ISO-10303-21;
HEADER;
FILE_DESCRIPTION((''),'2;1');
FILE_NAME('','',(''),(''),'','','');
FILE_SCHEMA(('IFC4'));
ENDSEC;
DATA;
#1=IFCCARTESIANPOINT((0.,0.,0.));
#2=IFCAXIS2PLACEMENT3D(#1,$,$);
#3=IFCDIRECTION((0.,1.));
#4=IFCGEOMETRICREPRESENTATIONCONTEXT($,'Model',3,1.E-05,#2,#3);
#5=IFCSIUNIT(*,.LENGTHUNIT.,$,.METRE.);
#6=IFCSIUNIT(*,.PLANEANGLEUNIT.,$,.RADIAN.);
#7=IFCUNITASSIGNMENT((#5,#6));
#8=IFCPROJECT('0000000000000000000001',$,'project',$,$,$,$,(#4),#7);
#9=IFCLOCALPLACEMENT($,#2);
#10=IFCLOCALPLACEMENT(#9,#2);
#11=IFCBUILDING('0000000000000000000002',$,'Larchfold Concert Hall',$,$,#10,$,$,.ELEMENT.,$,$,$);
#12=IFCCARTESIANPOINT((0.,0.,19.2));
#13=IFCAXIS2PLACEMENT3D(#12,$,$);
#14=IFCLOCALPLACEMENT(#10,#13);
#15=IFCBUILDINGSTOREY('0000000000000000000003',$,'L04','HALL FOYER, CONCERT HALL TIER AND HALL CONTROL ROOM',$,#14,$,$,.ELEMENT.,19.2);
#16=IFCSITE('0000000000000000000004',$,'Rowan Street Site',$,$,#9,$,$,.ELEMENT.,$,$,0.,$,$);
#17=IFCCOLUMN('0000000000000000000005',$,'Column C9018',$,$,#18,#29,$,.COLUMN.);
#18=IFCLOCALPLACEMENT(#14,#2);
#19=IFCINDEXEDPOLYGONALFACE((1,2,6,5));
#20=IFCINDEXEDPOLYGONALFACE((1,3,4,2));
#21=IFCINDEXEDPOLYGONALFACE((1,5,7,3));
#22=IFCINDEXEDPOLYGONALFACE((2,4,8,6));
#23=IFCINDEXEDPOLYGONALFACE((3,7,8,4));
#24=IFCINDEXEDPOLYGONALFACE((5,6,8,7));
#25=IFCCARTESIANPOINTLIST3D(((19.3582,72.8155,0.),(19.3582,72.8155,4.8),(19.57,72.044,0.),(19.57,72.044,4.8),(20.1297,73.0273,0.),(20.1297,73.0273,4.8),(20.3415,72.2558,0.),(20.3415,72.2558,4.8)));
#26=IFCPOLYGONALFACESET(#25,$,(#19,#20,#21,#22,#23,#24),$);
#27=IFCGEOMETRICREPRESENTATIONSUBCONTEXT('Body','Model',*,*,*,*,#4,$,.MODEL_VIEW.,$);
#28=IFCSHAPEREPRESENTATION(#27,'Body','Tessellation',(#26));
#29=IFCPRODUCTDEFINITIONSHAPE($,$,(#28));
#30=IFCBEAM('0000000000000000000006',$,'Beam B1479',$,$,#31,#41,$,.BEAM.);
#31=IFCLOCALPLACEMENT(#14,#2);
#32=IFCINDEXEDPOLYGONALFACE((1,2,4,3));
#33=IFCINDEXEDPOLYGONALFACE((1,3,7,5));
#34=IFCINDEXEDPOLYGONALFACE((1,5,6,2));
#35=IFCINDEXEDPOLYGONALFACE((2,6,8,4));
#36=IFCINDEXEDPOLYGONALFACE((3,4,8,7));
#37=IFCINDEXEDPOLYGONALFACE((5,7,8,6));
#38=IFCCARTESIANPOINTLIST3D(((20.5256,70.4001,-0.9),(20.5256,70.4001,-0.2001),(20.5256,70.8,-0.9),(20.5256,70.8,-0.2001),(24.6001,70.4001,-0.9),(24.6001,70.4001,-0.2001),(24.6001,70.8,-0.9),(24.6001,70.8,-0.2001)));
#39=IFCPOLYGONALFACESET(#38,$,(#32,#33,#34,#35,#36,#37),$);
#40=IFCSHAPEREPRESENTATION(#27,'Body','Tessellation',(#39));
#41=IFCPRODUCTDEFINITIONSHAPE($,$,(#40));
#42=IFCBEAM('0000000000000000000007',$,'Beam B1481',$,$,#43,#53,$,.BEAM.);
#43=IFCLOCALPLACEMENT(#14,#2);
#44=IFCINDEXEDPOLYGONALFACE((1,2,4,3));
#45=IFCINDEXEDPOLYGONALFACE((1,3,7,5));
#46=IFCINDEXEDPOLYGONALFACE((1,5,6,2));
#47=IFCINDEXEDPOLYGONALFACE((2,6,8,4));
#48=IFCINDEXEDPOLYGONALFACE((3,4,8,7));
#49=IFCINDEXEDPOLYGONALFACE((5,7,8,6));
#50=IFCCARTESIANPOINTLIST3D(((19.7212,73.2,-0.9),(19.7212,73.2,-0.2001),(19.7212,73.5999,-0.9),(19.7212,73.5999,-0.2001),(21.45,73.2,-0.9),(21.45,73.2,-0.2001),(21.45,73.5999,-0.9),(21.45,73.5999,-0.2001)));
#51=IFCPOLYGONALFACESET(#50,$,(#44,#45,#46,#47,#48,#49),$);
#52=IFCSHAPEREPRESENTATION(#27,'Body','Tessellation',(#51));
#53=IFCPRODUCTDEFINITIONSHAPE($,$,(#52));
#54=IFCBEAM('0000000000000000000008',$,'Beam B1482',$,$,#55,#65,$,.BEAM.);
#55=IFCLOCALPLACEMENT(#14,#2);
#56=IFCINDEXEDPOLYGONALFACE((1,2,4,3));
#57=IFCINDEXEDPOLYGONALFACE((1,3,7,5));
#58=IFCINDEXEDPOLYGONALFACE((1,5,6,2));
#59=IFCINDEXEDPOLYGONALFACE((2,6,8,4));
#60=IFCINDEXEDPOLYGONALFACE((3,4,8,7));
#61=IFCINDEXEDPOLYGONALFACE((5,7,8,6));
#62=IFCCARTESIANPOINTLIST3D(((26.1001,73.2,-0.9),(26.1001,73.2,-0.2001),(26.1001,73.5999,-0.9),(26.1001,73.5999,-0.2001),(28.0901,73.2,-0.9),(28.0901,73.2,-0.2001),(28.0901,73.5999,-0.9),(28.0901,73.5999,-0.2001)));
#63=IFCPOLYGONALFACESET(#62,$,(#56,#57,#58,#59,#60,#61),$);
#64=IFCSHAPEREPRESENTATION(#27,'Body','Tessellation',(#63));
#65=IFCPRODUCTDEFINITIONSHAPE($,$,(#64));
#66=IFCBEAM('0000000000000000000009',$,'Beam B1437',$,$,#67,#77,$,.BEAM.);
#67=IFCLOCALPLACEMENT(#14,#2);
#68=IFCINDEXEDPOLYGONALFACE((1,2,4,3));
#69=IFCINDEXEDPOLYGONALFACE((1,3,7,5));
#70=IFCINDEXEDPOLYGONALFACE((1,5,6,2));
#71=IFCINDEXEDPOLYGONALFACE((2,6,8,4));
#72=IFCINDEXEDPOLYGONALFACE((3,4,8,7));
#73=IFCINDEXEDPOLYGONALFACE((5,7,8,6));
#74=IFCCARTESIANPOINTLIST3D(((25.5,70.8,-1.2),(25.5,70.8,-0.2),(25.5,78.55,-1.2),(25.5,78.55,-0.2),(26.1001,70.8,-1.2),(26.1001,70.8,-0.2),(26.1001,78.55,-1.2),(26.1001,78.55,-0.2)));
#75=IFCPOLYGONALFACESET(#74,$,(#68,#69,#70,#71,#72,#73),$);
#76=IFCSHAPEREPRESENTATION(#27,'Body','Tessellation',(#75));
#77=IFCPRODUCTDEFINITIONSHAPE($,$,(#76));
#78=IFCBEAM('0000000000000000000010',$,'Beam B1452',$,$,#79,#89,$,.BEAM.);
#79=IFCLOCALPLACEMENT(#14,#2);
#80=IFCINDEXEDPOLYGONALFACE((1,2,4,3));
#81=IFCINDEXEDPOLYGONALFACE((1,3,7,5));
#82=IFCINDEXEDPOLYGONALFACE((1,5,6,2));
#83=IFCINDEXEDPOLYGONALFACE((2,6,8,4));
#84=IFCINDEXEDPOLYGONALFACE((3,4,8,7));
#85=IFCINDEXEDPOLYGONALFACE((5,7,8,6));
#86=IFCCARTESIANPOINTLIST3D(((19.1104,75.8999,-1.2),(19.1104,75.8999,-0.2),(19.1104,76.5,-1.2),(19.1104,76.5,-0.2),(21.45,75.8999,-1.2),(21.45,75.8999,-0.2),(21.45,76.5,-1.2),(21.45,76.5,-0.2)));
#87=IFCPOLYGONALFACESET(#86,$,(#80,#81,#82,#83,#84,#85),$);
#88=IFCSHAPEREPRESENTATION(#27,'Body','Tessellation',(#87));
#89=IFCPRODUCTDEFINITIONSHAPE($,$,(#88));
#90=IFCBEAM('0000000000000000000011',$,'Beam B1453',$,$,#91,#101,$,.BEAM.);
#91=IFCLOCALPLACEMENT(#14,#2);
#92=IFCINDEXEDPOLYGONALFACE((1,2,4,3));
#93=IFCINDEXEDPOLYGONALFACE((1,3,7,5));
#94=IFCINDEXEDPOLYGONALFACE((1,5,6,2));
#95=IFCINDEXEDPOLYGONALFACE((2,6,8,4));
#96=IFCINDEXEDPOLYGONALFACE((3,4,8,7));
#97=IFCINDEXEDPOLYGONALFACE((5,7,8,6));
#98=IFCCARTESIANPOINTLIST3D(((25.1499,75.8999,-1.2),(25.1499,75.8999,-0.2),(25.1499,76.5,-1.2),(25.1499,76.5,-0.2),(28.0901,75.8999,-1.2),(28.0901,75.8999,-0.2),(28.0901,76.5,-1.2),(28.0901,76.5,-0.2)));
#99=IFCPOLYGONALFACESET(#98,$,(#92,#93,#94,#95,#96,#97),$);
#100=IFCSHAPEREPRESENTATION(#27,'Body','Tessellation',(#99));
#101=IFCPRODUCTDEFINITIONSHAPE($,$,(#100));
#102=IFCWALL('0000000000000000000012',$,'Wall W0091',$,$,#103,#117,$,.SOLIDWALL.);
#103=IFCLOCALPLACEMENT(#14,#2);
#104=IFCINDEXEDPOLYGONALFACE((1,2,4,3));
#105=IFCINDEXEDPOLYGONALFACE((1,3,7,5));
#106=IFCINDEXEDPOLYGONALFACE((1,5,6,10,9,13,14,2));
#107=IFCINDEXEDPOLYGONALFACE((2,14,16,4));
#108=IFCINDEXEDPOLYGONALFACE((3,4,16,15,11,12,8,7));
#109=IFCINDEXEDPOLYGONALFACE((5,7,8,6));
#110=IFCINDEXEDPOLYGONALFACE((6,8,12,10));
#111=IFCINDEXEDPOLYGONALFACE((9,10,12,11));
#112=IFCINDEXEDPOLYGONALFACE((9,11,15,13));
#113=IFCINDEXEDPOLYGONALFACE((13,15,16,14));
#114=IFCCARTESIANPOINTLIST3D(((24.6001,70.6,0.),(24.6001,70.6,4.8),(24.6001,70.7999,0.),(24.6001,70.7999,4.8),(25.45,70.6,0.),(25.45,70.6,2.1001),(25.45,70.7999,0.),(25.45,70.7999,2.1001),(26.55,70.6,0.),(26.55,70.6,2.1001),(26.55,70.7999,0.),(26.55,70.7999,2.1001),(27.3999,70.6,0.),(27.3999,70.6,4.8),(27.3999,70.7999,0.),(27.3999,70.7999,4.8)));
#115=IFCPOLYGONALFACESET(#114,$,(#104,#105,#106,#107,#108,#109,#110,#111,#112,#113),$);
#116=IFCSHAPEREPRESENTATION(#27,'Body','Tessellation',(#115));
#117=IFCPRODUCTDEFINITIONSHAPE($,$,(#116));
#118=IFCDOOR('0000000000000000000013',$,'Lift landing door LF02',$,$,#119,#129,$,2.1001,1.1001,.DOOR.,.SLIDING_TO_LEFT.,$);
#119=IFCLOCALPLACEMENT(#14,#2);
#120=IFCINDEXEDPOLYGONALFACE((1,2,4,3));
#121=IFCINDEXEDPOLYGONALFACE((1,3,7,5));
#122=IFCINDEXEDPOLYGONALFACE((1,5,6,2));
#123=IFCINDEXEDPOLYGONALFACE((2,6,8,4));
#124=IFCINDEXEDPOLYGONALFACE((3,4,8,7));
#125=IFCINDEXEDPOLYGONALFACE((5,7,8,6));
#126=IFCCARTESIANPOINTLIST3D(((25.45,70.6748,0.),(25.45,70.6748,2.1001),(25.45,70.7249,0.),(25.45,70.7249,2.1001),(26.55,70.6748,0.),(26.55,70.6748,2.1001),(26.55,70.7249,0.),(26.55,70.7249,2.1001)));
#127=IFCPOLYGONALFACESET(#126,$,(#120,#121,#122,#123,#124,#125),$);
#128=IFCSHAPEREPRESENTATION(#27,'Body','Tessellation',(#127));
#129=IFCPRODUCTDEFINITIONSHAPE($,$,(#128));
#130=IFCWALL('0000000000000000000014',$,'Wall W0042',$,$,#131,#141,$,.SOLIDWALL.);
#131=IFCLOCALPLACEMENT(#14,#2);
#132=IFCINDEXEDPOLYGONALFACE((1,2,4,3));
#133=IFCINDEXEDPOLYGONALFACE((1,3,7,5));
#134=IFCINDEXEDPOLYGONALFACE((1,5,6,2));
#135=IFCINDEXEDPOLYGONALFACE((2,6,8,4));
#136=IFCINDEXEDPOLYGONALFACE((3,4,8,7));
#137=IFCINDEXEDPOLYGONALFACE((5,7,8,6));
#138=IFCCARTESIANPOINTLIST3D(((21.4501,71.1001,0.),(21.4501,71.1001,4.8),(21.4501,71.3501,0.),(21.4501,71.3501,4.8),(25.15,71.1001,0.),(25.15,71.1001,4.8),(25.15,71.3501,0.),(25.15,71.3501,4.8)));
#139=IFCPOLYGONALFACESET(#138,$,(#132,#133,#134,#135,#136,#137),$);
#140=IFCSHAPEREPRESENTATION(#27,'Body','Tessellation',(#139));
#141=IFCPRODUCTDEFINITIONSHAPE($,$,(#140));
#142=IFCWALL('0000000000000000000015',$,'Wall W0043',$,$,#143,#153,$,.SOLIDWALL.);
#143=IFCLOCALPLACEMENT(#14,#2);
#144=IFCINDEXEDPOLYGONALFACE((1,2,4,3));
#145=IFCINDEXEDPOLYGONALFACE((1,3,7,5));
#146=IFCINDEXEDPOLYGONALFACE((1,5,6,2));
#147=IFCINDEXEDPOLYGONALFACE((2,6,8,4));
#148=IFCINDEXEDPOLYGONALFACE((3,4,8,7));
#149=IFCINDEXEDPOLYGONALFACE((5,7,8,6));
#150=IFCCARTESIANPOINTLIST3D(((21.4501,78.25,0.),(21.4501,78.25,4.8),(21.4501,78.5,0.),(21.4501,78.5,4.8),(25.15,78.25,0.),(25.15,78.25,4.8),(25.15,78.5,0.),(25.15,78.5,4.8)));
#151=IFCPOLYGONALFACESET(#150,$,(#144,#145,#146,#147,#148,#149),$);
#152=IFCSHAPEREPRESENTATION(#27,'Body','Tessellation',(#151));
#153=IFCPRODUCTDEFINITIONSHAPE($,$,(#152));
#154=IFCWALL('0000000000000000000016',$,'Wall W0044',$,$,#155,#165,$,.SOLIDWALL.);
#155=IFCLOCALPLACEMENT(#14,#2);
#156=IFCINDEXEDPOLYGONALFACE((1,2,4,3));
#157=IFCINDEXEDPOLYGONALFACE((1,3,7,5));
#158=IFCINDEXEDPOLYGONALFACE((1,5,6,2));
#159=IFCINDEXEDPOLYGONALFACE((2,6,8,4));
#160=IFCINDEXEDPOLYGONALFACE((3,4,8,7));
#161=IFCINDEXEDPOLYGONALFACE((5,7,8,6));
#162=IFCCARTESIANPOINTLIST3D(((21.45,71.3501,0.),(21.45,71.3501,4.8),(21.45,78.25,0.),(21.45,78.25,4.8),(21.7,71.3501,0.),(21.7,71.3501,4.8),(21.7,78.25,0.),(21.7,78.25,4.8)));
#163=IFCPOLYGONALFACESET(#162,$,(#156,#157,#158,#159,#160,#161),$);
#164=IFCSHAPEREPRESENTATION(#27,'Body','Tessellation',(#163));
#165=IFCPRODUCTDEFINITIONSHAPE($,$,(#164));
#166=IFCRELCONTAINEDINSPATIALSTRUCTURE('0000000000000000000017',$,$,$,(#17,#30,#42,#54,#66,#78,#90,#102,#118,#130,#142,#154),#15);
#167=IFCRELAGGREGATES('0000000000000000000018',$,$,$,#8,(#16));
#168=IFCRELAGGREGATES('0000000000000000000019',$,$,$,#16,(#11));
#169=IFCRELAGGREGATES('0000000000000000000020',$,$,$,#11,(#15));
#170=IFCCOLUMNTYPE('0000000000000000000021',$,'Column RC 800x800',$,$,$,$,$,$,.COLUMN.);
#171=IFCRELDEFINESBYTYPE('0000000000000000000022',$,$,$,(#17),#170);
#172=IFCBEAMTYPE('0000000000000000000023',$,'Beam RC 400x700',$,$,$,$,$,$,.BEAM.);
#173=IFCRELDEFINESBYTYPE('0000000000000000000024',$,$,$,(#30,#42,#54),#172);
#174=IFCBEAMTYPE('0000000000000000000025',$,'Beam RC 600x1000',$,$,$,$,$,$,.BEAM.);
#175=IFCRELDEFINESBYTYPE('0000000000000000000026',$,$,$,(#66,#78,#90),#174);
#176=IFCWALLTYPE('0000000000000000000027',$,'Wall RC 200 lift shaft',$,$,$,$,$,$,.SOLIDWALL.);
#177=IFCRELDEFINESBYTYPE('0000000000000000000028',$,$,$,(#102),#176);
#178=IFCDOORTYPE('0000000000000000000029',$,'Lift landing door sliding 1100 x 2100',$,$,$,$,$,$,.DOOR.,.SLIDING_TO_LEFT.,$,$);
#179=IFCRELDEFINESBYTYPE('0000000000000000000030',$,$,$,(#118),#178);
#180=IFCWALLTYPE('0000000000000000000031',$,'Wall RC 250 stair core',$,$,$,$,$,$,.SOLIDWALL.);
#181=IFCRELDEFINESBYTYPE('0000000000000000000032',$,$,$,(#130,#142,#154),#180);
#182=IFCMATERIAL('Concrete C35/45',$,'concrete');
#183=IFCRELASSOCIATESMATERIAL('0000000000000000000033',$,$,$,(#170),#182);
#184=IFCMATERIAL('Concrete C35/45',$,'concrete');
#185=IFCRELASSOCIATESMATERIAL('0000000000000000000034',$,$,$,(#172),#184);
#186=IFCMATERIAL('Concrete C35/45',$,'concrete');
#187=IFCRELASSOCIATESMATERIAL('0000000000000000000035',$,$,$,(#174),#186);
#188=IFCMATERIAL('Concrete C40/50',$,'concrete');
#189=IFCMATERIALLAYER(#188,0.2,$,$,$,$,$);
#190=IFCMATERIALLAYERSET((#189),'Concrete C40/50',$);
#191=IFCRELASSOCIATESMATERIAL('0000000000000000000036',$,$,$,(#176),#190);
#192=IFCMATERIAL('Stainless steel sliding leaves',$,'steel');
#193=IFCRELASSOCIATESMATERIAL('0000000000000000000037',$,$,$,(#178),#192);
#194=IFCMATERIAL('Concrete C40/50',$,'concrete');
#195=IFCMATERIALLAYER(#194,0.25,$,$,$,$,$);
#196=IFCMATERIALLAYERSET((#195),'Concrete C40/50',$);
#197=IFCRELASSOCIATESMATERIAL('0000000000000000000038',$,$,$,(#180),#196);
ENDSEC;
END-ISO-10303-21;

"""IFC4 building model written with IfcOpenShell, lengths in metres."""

from ifc_helpers import new_model, si_unit, direction, frame, frame_2d, origin, origin_2d, place, context, subcontext, project, spatial, rectangle, extrude, material, layer, layer_set, material_profile, profile_set, type_object, element, fill, save


model = new_model("IFC4")

# Units and contexts
model_context = context("Model", 3, precision=1e-05, world=origin(), true_north=direction((0.0, 1.0)))
body_context = subcontext(model_context, "Body", "Model", "MODEL_VIEW")
ifc_project = project(units=[si_unit("LENGTHUNIT", "METRE"), si_unit("PLANEANGLEUNIT", "RADIAN")], contexts=[model_context])

# Site, building, storey
site_placement = place(None, origin())
site = spatial("IfcSite", under=ifc_project, at=site_placement, Name="Rowan Street Site", CompositionType="ELEMENT", RefElevation=0.0)
building_placement = place(site_placement, origin())
building = spatial("IfcBuilding", under=site, at=building_placement, Name="Larchfold Concert Hall", CompositionType="ELEMENT")
storey_placement = place(building_placement, frame((0.0, 0.0, 19.2)))
storey = spatial("IfcBuildingStorey", under=building, at=storey_placement, Name="L04", Description="HALL FOYER, CONCERT HALL TIER AND HALL CONTROL ROOM", CompositionType="ELEMENT", Elevation=19.2)

# Column
ifc_material_1 = material(Name="Concrete C35/45", Category="concrete")
ifc_material_profile_1 = material_profile(ifc_material_1, rectangle(XDim=0.8, YDim=0.8, at=origin_2d()))
ifc_profile_set_1 = profile_set([ifc_material_profile_1], Name="Concrete C35/45")
column_type = type_object("IfcColumnType", Name="Column RC 800x800", PredefinedType="COLUMN", material=ifc_profile_set_1)
column_placement = place(storey_placement, frame((19.8499, 72.5356, 0.0), z_axis=(0.0, 0.0, 1.0), x_axis=(0.964324, 0.264726, 0.0)))
element("IfcColumn", 1, at=column_placement, inside=storey, type_object=column_type, Name="Column C9018", PredefinedType="COLUMN", context=body_context, shape_type="SweptSolid", body=[
    extrude(rectangle(XDim=0.8, YDim=0.8, at=origin_2d()), origin(), (0.0, 0.0, 1.0), 4.8),
])

# Beams
ifc_material_2 = material(Name="Concrete C35/45", Category="concrete")
ifc_material_profile_2 = material_profile(ifc_material_2, rectangle(XDim=0.3999, YDim=0.7, at=origin_2d()))
ifc_profile_set_2 = profile_set([ifc_material_profile_2], Name="Concrete C35/45")
beam_type_1 = type_object("IfcBeamType", Name="Beam RC 400x700", PredefinedType="BEAM", material=ifc_profile_set_2)
beam_1_placement = place(storey_placement, frame((20.5256, 70.6001, -0.55), z_axis=(1.0, 0.0, 0.0), x_axis=(0.0, 1.0, 0.0)))
element("IfcBeam", 2, at=beam_1_placement, inside=storey, type_object=beam_type_1, Name="Beam B1479", PredefinedType="BEAM", context=body_context, shape_type="SweptSolid", body=[
    extrude(rectangle(XDim=0.3999, YDim=0.7, at=origin_2d()), origin(), (0.0, 0.0, 1.0), 4.0745),
])
beam_2_placement = place(storey_placement, frame((19.7212, 73.3999, -0.55), z_axis=(1.0, 0.0, 0.0), x_axis=(0.0, 1.0, 0.0)))
element("IfcBeam", 3, at=beam_2_placement, inside=storey, type_object=beam_type_1, Name="Beam B1481", PredefinedType="BEAM", context=body_context, shape_type="SweptSolid", body=[
    extrude(rectangle(XDim=0.3999, YDim=0.7, at=origin_2d()), origin(), (0.0, 0.0, 1.0), 1.7288),
])
beam_3_placement = place(storey_placement, frame((26.1001, 73.3999, -0.55), z_axis=(1.0, 0.0, 0.0), x_axis=(0.0, 1.0, 0.0)))
element("IfcBeam", 4, at=beam_3_placement, inside=storey, type_object=beam_type_1, Name="Beam B1482", PredefinedType="BEAM", context=body_context, shape_type="SweptSolid", body=[
    extrude(rectangle(XDim=0.3999, YDim=0.7, at=origin_2d()), origin(), (0.0, 0.0, 1.0), 1.99),
])
ifc_material_3 = material(Name="Concrete C35/45", Category="concrete")
ifc_material_profile_3 = material_profile(ifc_material_3, rectangle(XDim=0.6001, YDim=1.0, at=origin_2d()))
ifc_profile_set_3 = profile_set([ifc_material_profile_3], Name="Concrete C35/45")
beam_type_2 = type_object("IfcBeamType", Name="Beam RC 600x1000", PredefinedType="BEAM", material=ifc_profile_set_3)
beam_4_placement = place(storey_placement, frame((25.8, 70.8, -0.7), z_axis=(0.0, 1.0, 0.0), x_axis=(-1.0, 0.0, 0.0)))
element("IfcBeam", 5, at=beam_4_placement, inside=storey, type_object=beam_type_2, Name="Beam B1437", PredefinedType="BEAM", context=body_context, shape_type="SweptSolid", body=[
    extrude(rectangle(XDim=0.6001, YDim=1.0, at=origin_2d()), origin(), (0.0, 0.0, 1.0), 7.75),
])
beam_5_placement = place(storey_placement, frame((19.1104, 76.2, -0.7), z_axis=(1.0, 0.0, 0.0), x_axis=(0.0, 1.0, 0.0)))
element("IfcBeam", 6, at=beam_5_placement, inside=storey, type_object=beam_type_2, Name="Beam B1452", PredefinedType="BEAM", context=body_context, shape_type="SweptSolid", body=[
    extrude(rectangle(XDim=0.6001, YDim=1.0, at=origin_2d()), origin(), (0.0, 0.0, 1.0), 2.3396),
])
beam_6_placement = place(storey_placement, frame((25.1499, 76.2, -0.7), z_axis=(1.0, 0.0, 0.0), x_axis=(0.0, 1.0, 0.0)))
element("IfcBeam", 7, at=beam_6_placement, inside=storey, type_object=beam_type_2, Name="Beam B1453", PredefinedType="BEAM", context=body_context, shape_type="SweptSolid", body=[
    extrude(rectangle(XDim=0.6001, YDim=1.0, at=origin_2d()), origin(), (0.0, 0.0, 1.0), 2.9402),
])

# Wall, opening, door
ifc_material_4 = material(Name="Concrete C40/50", Category="concrete")
ifc_layer_1 = layer(ifc_material_4, 0.2)
ifc_layer_set_1 = layer_set([ifc_layer_1], Name="Concrete C40/50")
wall_type_1 = type_object("IfcWallType", Name="Wall RC 200 lift shaft", PredefinedType="SOLIDWALL", material=ifc_layer_set_1)
wall_1_placement = place(storey_placement, frame((24.6001, 70.7, 0.0), z_axis=(0.0, 0.0, 1.0), x_axis=(1.0, 0.0, 0.0)))
wall_1 = element("IfcWall", 8, at=wall_1_placement, inside=storey, type_object=wall_type_1, Name="Wall W0091", PredefinedType="SOLIDWALL", context=body_context, shape_type="SweptSolid", body=[
    extrude(rectangle(XDim=2.7998, YDim=0.2, at=frame_2d((1.3999, 0.0))), origin(), (0.0, 0.0, 1.0), 4.8),
])
opening_1_placement = place(wall_1_placement, frame((0.8499, 0.0, 0.0)))
opening_1 = element("IfcOpeningElement", 9, at=opening_1_placement, cuts=wall_1, PredefinedType="OPENING", context=body_context, shape_type="SweptSolid", body=[
    extrude(rectangle(XDim=1.1001, YDim=2.1001, at=frame_2d((0.55, 1.05))), frame((0.0, 0.1099, 0.0), z_axis=(0.0, -1.0, 0.0), x_axis=(1.0, 0.0, 0.0)), (0.0, 0.0, 1.0), 0.22),
])
ifc_material_5 = material(Name="Stainless steel sliding leaves", Category="steel")
door_type_1 = type_object("IfcDoorType", Name="Lift landing door sliding 1100 x 2100", OperationType="SLIDING_TO_LEFT", PredefinedType="DOOR", material=ifc_material_5)
door_1_placement = place(opening_1_placement, origin())
door_1 = element("IfcDoor", 10, at=door_1_placement, inside=storey, type_object=door_type_1, Name="Lift landing door LF02", OperationType="SLIDING_TO_LEFT", OverallHeight=2.1001, OverallWidth=1.1001, PredefinedType="DOOR", context=body_context, shape_type="SweptSolid", body=[
    extrude(rectangle(XDim=1.1001, YDim=2.1001, at=frame_2d((0.55, 1.05))), frame((0.0, 0.0249, 0.0), z_axis=(0.0, -1.0, 0.0), x_axis=(1.0, 0.0, 0.0)), (0.0, 0.0, 1.0), 0.05),
])
fill(opening_1, door_1)

# Walls
ifc_material_6 = material(Name="Concrete C40/50", Category="concrete")
ifc_layer_2 = layer(ifc_material_6, 0.25)
ifc_layer_set_2 = layer_set([ifc_layer_2], Name="Concrete C40/50")
wall_type_2 = type_object("IfcWallType", Name="Wall RC 250 stair core", PredefinedType="SOLIDWALL", material=ifc_layer_set_2)
for number, where, z_axis, x_axis, name in (
    (11, (21.45, 71.2251, 0.0), (0.0, 0.0, 1.0), (1.0, 0.0, 0.0), "Wall W0042"),
    (12, (21.45, 78.375, 0.0), (0.0, 0.0, 1.0), (1.0, 0.0, 0.0), "Wall W0043"),
):
    element("IfcWall", number, at=place(storey_placement, frame(where, z_axis=z_axis, x_axis=x_axis)), inside=storey, type_object=wall_type_2, Name=name, PredefinedType="SOLIDWALL", context=body_context, shape_type="SweptSolid", body=[
        extrude(rectangle(XDim=3.7, YDim=0.25, at=frame_2d((1.8501, 0.0))), origin(), (0.0, 0.0, 1.0), 4.8),
    ])
wall_2_placement = place(storey_placement, frame((21.575, 71.3501, 0.0), z_axis=(0.0, 0.0, 1.0), x_axis=(0.0, 1.0, 0.0)))
element("IfcWall", 13, at=wall_2_placement, inside=storey, type_object=wall_type_2, Name="Wall W0044", PredefinedType="SOLIDWALL", context=body_context, shape_type="SweptSolid", body=[
    extrude(rectangle(XDim=6.8999, YDim=0.25, at=frame_2d((3.45, 0.0))), origin(), (0.0, 0.0, 1.0), 4.8),
])

save(model, "model.ifc")
